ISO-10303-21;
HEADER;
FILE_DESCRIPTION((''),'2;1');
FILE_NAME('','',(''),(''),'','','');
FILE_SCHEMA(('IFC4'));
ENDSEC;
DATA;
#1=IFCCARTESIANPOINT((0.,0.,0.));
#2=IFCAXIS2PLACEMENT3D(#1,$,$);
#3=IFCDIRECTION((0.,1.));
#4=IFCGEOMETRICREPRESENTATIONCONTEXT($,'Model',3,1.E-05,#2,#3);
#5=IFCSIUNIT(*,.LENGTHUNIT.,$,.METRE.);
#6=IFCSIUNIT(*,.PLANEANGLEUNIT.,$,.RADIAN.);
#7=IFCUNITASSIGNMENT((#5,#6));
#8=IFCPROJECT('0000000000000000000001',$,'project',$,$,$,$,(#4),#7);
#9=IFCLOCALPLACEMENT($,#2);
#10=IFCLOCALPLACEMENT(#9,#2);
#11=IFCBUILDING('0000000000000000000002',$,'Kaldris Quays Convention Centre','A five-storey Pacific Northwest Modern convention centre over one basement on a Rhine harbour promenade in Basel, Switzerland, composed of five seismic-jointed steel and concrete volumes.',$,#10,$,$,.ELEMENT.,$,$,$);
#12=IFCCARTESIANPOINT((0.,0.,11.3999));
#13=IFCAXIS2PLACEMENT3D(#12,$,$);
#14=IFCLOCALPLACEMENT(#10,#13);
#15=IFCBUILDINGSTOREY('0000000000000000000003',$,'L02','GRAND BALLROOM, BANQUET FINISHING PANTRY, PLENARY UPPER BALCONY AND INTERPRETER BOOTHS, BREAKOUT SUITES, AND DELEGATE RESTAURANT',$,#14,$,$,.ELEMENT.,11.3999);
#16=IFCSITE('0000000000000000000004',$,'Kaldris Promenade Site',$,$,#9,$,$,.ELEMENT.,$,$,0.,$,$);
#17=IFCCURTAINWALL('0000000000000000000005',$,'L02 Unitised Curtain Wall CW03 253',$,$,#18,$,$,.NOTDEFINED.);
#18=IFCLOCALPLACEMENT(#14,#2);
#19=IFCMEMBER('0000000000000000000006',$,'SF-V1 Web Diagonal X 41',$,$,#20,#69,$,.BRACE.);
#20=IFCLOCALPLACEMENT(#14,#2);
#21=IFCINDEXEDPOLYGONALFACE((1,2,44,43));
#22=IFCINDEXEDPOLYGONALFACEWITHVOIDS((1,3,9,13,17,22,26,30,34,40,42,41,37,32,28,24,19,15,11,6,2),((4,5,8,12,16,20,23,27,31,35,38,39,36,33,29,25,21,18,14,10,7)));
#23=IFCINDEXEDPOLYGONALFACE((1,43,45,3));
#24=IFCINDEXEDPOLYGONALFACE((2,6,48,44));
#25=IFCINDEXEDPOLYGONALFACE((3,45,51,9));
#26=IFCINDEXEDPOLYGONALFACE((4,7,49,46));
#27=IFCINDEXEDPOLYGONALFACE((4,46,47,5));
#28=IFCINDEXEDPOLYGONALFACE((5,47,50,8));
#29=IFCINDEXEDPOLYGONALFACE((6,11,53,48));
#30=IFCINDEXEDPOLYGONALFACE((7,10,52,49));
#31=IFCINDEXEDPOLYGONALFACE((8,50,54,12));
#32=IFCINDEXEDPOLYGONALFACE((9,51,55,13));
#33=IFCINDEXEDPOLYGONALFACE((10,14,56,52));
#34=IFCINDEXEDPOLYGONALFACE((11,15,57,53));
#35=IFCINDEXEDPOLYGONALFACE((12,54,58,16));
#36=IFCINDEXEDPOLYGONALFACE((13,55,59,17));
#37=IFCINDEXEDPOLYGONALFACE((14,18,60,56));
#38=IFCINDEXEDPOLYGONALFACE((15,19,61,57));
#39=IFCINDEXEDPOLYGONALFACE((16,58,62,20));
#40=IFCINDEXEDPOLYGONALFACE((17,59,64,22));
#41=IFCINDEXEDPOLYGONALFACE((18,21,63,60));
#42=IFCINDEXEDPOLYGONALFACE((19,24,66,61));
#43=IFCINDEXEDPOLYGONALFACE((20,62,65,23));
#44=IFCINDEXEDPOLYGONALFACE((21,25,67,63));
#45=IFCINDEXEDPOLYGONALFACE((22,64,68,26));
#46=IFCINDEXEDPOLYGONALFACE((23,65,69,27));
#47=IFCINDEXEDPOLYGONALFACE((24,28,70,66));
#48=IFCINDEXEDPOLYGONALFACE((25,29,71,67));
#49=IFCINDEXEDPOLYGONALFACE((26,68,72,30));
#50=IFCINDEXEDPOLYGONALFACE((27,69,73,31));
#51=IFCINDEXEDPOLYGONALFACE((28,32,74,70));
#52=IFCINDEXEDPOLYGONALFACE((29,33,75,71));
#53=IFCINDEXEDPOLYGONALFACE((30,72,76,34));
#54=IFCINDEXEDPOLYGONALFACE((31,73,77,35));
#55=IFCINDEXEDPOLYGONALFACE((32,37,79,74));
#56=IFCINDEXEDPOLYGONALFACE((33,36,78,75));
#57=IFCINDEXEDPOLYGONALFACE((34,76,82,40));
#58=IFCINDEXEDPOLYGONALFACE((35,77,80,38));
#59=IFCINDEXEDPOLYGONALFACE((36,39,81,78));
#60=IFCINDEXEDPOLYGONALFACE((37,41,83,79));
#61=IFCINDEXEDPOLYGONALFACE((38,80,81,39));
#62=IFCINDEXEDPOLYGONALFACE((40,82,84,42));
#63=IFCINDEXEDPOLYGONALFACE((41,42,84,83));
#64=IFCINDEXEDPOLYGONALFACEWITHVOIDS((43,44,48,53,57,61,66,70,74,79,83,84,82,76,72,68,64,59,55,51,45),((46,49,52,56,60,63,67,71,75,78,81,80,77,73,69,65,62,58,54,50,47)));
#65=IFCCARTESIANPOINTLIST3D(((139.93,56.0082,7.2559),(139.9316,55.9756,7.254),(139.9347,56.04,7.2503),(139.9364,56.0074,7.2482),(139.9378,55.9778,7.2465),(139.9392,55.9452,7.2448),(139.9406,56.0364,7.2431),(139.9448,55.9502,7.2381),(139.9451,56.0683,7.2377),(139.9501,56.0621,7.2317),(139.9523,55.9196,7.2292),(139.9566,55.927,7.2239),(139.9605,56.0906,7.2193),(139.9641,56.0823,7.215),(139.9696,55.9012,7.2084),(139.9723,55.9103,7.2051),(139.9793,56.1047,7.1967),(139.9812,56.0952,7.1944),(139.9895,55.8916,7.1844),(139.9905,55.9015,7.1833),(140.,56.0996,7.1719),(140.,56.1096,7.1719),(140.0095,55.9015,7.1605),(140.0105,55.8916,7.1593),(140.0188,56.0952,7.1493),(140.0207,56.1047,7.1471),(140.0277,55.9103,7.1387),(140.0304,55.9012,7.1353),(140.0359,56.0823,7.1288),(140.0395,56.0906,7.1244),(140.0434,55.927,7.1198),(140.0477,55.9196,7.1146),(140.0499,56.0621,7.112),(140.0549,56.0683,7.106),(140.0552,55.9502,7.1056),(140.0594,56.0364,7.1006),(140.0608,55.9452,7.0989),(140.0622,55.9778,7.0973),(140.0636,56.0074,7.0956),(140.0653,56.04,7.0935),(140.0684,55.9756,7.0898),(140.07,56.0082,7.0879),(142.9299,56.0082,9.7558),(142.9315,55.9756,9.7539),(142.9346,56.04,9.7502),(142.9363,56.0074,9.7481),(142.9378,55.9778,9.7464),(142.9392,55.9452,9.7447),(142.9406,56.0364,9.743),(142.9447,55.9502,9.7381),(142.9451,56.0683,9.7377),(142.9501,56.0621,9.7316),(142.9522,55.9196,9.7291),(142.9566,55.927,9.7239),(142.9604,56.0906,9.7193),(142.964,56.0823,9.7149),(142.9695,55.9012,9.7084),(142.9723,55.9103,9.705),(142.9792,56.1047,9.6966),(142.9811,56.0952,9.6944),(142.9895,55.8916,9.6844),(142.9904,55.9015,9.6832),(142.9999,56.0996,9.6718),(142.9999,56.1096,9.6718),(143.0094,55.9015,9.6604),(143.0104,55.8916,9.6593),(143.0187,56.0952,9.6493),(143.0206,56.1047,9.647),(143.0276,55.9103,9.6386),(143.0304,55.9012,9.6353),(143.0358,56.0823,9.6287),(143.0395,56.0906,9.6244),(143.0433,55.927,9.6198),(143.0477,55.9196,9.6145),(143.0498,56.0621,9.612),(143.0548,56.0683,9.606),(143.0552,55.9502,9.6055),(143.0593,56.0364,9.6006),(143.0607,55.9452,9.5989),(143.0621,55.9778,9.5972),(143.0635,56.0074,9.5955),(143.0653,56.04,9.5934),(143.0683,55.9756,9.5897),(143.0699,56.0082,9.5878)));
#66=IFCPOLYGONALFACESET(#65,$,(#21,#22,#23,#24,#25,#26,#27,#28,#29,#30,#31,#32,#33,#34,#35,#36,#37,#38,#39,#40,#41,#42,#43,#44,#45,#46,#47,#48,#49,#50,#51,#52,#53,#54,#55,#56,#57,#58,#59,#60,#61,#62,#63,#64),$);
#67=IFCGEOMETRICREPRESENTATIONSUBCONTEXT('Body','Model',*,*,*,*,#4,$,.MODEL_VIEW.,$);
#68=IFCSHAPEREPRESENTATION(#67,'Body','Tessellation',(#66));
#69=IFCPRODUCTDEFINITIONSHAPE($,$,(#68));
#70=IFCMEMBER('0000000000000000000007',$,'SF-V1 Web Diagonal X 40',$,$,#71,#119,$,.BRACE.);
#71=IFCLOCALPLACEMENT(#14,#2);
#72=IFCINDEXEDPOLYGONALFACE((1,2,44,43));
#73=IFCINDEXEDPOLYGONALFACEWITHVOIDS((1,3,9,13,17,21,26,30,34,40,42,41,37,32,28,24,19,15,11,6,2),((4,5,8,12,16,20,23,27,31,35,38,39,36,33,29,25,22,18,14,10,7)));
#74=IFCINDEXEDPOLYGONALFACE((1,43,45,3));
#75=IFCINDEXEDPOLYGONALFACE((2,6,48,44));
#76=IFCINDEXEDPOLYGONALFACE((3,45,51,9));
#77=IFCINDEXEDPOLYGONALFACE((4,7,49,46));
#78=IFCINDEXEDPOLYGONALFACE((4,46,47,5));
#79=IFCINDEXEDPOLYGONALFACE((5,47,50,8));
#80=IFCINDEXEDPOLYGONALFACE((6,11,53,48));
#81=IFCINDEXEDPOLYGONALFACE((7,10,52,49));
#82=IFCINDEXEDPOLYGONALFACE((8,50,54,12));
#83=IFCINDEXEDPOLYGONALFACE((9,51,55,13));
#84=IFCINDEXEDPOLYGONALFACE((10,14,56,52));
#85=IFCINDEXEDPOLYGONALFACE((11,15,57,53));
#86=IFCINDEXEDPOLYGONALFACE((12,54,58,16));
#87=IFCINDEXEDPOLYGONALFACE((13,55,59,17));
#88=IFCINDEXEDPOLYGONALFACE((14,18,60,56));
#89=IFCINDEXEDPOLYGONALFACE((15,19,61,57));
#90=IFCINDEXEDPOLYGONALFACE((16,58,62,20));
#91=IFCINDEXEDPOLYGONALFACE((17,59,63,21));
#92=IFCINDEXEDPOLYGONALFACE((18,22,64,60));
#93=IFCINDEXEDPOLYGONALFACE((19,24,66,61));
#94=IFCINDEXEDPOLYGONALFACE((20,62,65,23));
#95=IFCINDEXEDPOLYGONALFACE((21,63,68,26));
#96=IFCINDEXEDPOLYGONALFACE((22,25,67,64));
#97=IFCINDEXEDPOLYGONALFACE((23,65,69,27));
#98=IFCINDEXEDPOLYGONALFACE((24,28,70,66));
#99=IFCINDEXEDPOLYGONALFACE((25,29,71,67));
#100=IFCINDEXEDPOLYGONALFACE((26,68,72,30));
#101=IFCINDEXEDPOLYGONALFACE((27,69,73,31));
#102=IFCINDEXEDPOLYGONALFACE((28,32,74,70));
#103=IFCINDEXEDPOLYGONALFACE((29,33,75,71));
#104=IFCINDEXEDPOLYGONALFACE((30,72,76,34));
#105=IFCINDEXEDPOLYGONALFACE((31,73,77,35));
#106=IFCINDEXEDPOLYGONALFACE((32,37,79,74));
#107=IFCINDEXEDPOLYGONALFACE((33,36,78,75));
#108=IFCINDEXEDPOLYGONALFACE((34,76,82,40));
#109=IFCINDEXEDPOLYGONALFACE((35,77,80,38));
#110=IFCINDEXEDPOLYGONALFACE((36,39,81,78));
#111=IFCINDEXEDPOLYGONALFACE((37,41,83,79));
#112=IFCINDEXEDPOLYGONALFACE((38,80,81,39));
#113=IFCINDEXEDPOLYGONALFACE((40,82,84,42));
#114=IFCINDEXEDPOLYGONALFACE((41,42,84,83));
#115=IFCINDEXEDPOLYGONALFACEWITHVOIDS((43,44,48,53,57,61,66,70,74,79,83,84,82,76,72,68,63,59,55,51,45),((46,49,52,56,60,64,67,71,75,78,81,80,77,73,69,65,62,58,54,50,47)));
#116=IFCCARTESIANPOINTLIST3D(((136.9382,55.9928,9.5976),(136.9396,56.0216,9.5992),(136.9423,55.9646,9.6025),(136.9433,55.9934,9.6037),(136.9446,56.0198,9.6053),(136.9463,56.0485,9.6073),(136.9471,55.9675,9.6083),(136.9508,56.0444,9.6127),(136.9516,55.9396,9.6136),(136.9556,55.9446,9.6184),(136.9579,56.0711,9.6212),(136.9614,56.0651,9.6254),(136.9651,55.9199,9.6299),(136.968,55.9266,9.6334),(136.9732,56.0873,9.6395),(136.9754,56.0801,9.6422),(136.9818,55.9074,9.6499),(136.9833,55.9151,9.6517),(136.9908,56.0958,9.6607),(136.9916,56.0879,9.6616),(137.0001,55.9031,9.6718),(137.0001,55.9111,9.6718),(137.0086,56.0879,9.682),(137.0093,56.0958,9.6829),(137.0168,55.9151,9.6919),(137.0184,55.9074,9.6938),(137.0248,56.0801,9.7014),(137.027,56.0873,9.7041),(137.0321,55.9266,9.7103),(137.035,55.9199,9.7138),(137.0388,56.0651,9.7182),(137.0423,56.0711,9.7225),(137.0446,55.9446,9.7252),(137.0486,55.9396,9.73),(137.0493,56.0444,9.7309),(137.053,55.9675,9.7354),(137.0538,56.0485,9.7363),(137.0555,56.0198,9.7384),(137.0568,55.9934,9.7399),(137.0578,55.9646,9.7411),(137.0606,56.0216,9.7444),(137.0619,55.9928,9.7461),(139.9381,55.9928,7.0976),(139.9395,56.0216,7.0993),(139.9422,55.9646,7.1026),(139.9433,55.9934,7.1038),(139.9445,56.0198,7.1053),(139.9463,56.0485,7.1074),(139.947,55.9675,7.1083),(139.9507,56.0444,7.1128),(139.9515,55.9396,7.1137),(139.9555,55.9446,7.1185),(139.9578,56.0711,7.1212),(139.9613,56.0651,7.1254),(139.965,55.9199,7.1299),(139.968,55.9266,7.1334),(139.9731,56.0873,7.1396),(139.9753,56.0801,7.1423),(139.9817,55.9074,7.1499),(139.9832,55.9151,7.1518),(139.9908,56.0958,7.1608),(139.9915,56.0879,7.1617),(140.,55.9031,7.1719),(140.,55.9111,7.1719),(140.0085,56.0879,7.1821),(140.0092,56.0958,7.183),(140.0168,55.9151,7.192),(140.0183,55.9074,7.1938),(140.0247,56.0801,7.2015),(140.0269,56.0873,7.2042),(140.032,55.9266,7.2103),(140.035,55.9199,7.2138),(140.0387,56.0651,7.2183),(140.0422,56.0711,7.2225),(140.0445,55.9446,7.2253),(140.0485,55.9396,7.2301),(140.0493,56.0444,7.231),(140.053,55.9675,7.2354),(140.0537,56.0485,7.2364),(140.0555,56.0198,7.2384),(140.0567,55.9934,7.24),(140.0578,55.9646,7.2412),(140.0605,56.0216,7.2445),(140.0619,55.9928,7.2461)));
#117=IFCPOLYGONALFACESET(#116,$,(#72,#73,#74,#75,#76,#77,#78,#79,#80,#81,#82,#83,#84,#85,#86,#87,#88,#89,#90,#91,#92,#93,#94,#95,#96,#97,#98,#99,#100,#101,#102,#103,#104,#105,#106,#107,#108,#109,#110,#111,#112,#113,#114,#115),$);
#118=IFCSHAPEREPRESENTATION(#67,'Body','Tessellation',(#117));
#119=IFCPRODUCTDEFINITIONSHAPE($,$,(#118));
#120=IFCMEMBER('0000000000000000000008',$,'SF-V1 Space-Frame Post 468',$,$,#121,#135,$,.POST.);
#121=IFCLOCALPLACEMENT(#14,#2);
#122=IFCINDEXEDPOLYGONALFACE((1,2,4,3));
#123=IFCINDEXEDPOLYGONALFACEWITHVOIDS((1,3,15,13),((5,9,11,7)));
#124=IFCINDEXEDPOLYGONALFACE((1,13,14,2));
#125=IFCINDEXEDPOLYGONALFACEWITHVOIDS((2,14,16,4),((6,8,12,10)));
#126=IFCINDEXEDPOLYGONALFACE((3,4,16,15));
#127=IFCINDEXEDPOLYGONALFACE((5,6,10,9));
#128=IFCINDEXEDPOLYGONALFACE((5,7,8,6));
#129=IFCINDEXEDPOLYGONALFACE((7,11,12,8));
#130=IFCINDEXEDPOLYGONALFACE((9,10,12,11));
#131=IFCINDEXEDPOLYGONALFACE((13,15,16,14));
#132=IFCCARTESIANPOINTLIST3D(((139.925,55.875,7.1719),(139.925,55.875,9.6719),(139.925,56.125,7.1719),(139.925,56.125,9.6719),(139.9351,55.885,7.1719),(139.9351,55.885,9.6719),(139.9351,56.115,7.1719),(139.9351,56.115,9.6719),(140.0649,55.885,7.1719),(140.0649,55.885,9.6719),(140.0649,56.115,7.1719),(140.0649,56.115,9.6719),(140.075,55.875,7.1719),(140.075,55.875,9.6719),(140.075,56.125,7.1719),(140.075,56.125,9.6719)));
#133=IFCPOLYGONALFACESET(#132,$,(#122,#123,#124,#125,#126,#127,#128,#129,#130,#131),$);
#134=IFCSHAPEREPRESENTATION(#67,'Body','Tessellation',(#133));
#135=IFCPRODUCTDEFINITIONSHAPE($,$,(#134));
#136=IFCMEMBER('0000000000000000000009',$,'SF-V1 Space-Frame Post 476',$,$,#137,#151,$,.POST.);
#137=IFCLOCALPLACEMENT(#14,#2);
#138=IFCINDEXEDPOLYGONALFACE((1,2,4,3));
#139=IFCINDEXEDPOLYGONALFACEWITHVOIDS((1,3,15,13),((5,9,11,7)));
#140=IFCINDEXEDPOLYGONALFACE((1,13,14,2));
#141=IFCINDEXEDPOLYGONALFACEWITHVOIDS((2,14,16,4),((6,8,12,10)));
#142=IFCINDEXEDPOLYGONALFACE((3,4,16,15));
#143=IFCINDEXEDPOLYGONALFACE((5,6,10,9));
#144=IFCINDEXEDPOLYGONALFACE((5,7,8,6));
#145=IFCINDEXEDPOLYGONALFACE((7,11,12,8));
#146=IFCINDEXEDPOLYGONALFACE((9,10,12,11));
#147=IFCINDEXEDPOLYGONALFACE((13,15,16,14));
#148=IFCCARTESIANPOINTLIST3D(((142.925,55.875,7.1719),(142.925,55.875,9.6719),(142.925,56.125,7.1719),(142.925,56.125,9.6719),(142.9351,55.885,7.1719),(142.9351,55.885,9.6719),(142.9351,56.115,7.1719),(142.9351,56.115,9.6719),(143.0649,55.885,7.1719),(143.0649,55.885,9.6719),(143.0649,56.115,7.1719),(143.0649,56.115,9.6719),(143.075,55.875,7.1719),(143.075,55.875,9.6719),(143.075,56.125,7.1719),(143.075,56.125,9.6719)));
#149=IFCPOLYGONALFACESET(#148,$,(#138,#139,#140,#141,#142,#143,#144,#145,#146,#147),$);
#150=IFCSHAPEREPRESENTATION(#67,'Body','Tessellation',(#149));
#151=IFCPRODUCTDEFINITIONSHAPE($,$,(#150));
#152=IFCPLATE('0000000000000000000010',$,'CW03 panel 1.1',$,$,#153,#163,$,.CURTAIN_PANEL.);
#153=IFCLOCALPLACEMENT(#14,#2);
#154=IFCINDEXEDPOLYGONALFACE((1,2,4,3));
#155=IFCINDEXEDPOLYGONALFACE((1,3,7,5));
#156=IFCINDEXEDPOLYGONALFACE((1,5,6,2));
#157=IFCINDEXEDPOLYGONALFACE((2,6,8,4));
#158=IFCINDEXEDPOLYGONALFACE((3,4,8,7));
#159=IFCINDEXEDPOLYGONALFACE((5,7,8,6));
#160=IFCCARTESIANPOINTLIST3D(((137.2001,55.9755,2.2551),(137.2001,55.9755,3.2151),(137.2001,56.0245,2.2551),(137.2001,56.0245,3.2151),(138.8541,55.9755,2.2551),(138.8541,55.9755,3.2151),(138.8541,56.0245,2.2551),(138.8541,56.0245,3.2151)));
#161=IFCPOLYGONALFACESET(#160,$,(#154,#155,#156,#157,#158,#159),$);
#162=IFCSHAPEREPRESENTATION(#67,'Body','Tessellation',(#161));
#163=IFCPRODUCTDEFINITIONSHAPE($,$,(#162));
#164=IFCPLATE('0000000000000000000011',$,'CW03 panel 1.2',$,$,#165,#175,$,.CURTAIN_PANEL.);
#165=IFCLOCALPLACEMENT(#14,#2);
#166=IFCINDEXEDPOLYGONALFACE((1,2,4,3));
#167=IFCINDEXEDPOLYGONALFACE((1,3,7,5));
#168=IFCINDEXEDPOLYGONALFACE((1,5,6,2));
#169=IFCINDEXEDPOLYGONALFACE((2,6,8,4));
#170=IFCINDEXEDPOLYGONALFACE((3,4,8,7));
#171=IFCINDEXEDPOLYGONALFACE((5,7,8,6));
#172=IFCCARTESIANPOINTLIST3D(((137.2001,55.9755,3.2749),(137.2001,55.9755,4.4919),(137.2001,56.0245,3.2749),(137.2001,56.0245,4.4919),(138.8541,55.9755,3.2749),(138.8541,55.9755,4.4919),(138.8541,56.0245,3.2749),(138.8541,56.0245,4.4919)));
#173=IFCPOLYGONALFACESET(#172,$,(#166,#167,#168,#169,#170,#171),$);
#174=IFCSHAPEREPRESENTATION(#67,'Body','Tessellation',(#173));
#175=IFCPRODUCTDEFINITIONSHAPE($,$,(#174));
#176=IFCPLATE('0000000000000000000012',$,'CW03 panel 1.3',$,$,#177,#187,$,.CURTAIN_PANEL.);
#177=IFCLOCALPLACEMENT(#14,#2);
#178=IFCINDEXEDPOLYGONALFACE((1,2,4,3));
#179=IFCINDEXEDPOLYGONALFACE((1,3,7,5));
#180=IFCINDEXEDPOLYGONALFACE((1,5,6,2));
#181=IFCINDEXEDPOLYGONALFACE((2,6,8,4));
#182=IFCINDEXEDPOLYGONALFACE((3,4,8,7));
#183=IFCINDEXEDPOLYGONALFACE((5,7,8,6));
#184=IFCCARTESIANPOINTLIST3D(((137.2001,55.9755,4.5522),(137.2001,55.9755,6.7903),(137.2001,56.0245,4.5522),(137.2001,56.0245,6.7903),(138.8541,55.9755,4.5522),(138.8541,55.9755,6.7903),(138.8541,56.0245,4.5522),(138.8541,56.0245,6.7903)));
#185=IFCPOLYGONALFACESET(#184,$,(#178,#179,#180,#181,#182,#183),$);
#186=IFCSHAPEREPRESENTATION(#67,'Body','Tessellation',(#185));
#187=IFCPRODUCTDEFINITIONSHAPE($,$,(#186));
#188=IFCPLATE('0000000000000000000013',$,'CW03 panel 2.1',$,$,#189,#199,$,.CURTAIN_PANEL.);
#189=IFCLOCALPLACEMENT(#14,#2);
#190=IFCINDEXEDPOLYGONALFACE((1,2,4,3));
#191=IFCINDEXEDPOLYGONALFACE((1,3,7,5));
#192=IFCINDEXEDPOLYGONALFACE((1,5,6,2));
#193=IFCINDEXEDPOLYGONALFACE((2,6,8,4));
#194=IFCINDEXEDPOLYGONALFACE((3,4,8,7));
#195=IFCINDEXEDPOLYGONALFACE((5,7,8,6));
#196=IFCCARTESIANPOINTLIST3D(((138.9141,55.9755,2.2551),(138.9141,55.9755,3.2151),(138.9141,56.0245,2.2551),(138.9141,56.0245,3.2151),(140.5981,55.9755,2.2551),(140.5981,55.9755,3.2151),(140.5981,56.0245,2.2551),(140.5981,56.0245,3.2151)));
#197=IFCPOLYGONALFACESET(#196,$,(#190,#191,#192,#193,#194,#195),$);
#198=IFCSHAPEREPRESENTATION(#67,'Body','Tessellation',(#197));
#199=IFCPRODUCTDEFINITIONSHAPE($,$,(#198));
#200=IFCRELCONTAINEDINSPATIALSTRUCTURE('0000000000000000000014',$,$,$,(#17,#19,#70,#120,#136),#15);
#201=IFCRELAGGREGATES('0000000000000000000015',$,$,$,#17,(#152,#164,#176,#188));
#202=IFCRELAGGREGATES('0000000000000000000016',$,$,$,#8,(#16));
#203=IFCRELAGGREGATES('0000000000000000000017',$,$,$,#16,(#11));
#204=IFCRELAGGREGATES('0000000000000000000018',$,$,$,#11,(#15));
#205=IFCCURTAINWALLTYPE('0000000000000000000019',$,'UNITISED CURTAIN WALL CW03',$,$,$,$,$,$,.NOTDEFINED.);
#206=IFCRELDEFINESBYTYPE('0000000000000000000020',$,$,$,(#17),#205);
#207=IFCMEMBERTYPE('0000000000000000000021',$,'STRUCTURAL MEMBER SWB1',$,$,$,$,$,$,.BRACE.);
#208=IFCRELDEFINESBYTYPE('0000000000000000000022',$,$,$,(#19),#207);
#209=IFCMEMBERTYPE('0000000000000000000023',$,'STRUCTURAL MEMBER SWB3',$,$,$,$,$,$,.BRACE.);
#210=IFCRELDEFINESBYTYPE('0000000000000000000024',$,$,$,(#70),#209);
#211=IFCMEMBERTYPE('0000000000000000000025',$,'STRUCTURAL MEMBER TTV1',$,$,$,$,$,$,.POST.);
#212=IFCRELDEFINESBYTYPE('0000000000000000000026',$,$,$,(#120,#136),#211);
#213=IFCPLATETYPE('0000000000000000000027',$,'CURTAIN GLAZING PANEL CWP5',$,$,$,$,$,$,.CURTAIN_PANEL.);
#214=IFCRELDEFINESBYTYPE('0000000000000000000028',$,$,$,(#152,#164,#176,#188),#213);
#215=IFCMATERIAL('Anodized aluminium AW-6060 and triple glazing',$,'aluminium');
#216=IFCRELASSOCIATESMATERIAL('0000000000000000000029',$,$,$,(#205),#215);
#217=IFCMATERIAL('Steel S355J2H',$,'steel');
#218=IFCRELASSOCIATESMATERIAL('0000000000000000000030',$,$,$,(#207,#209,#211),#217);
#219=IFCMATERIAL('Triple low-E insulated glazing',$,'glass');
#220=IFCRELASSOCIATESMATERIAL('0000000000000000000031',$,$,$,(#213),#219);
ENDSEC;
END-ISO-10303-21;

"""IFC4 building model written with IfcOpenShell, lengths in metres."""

from ifc_helpers import new_model, si_unit, direction, frame, origin, origin_2d, place, context, subcontext, project, spatial, rectangle, hollow_rectangle, hollow_circle, extrude, material, material_profile, profile_set, type_object, element, aggregate, save


model = new_model("IFC4")

# Units and contexts
model_context = context("Model", 3, precision=1e-05, world=origin(), true_north=direction((0.0, 1.0)))
body_context = subcontext(model_context, "Body", "Model", "MODEL_VIEW")
ifc_project = project(units=[si_unit("LENGTHUNIT", "METRE"), si_unit("PLANEANGLEUNIT", "RADIAN")], contexts=[model_context])

# Site, building, storey
site_placement = place(None, origin())
site = spatial("IfcSite", under=ifc_project, at=site_placement, Name="Kaldris Promenade Site", CompositionType="ELEMENT", RefElevation=0.0)
building_placement = place(site_placement, origin())
building = spatial("IfcBuilding", under=site, at=building_placement, Name="Kaldris Quays Convention Centre", Description="A five-storey Pacific Northwest Modern convention centre over one basement on a Rhine harbour promenade in Basel, Switzerland, composed of five seismic-jointed steel and concrete volumes.", CompositionType="ELEMENT")
storey_placement = place(building_placement, frame((0.0, 0.0, 11.3999)))
storey = spatial("IfcBuildingStorey", under=building, at=storey_placement, Name="L02", Description="GRAND BALLROOM, BANQUET FINISHING PANTRY, PLENARY UPPER BALCONY AND INTERPRETER BOOTHS, BREAKOUT SUITES, AND DELEGATE RESTAURANT", CompositionType="ELEMENT", Elevation=11.3999)

# Curtain wall
ifc_material_1 = material(Name="Anodized aluminium AW-6060 and triple glazing", Category="aluminium")
curtain_wall_type = type_object("IfcCurtainWallType", Name="UNITISED CURTAIN WALL CW03", PredefinedType="NOTDEFINED", material=ifc_material_1)
curtain_wall_placement = place(storey_placement, origin())
curtain_wall = element("IfcCurtainWall", 1, at=curtain_wall_placement, inside=storey, type_object=curtain_wall_type, Name="L02 Unitised Curtain Wall CW03 253", PredefinedType="NOTDEFINED")

# Members
ifc_material_2 = material(Name="Steel S355J2H", Category="steel")
ifc_material_profile_1 = material_profile(ifc_material_2, hollow_circle(Radius=0.1096, WallThickness=0.01, at=origin_2d()), Name="CHS 219.1x10")
ifc_profile_set_1 = profile_set([ifc_material_profile_1], Name="Steel S355J2H")
member_type_1 = type_object("IfcMemberType", Name="STRUCTURAL MEMBER SWB1", PredefinedType="BRACE", material=ifc_profile_set_1)
member_1_placement = place(storey_placement, frame((140.0, 56.0, 7.1719), z_axis=(0.768221, 0.0, 0.640184), x_axis=(0.0, 1.0, 0.0)))
element("IfcMember", 2, at=member_1_placement, inside=storey, type_object=member_type_1, Name="SF-V1 Web Diagonal X 41", PredefinedType="BRACE", context=body_context, shape_type="SweptSolid", body=[
    extrude(hollow_circle(Radius=0.1096, WallThickness=0.01, at=origin_2d()), origin(), (0.0, 0.0, 1.0), 3.905),
])
ifc_material_profile_2 = material_profile(ifc_material_2, hollow_circle(Radius=0.0969, WallThickness=0.0081, at=origin_2d()), Name="CHS 193.7x8")
ifc_profile_set_2 = profile_set([ifc_material_profile_2], Name="Steel S355J2H")
member_type_2 = type_object("IfcMemberType", Name="STRUCTURAL MEMBER SWB3", PredefinedType="BRACE", material=ifc_profile_set_2)
member_2_placement = place(storey_placement, frame((140.0, 56.0, 7.1719), z_axis=(-0.768221, 0.0, 0.640184), x_axis=(0.0, -1.0, 0.0)))
element("IfcMember", 3, at=member_2_placement, inside=storey, type_object=member_type_2, Name="SF-V1 Web Diagonal X 40", PredefinedType="BRACE", context=body_context, shape_type="SweptSolid", body=[
    extrude(hollow_circle(Radius=0.0969, WallThickness=0.0081, at=origin_2d()), origin(), (0.0, 0.0, 1.0), 3.905),
])
ifc_material_profile_3 = material_profile(ifc_material_2, hollow_rectangle(XDim=0.1499, YDim=0.25, WallThickness=0.01, at=origin_2d()), Name="RHS 250x150x10")
ifc_profile_set_3 = profile_set([ifc_material_profile_3], Name="Steel S355J2H")
member_type_3 = type_object("IfcMemberType", Name="STRUCTURAL MEMBER TTV1", PredefinedType="POST", material=ifc_profile_set_3)
for number, where, z_axis, x_axis, name in (
    (4, (140.0, 56.0, 7.1719), (0.0, 0.0, 1.0), (1.0, 0.0, 0.0), "SF-V1 Space-Frame Post 468"),
    (5, (143.0, 56.0, 7.1719), (0.0, 0.0, 1.0), (1.0, 0.0, 0.0), "SF-V1 Space-Frame Post 476"),
):
    element("IfcMember", number, at=place(storey_placement, frame(where, z_axis=z_axis, x_axis=x_axis)), inside=storey, type_object=member_type_3, Name=name, PredefinedType="POST", context=body_context, shape_type="SweptSolid", body=[
        extrude(hollow_rectangle(XDim=0.1499, YDim=0.25, WallThickness=0.01, at=origin_2d()), origin(), (0.0, 0.0, 1.0), 2.5),
    ])

# Plates
ifc_material_3 = material(Name="Triple low-E insulated glazing", Category="glass")
plate_type = type_object("IfcPlateType", Name="CURTAIN GLAZING PANEL CWP5", PredefinedType="CURTAIN_PANEL", material=ifc_material_3)
plate_1_placement = place(storey_placement, frame((138.0271, 56.0, 2.2551), z_axis=(0.0, 0.0, 1.0), x_axis=(1.0, 0.0, 0.0)))
plate_1 = element("IfcPlate", 6, at=plate_1_placement, type_object=plate_type, Name="CW03 panel 1.1", PredefinedType="CURTAIN_PANEL", context=body_context, shape_type="SweptSolid", body=[
    extrude(rectangle(XDim=1.6541, YDim=0.0491, at=origin_2d()), origin(), (0.0, 0.0, 1.0), 0.96),
])
plate_2_placement = place(storey_placement, frame((138.0271, 56.0, 3.2749), z_axis=(0.0, 0.0, 1.0), x_axis=(1.0, 0.0, 0.0)))
plate_2 = element("IfcPlate", 7, at=plate_2_placement, type_object=plate_type, Name="CW03 panel 1.2", PredefinedType="CURTAIN_PANEL", context=body_context, shape_type="SweptSolid", body=[
    extrude(rectangle(XDim=1.6541, YDim=0.0491, at=origin_2d()), origin(), (0.0, 0.0, 1.0), 1.217),
])
plate_3_placement = place(storey_placement, frame((138.0271, 56.0, 4.5522), z_axis=(0.0, 0.0, 1.0), x_axis=(1.0, 0.0, 0.0)))
plate_3 = element("IfcPlate", 8, at=plate_3_placement, type_object=plate_type, Name="CW03 panel 1.3", PredefinedType="CURTAIN_PANEL", context=body_context, shape_type="SweptSolid", body=[
    extrude(rectangle(XDim=1.6541, YDim=0.0491, at=origin_2d()), origin(), (0.0, 0.0, 1.0), 2.238),
])
plate_4_placement = place(storey_placement, frame((139.7561, 56.0, 2.2551), z_axis=(0.0, 0.0, 1.0), x_axis=(1.0, 0.0, 0.0)))
plate_4 = element("IfcPlate", 9, at=plate_4_placement, type_object=plate_type, Name="CW03 panel 2.1", PredefinedType="CURTAIN_PANEL", context=body_context, shape_type="SweptSolid", body=[
    extrude(rectangle(XDim=1.6841, YDim=0.0491, at=origin_2d()), origin(), (0.0, 0.0, 1.0), 0.96),
])
aggregate(curtain_wall, [plate_1, plate_2, plate_3, plate_4])

save(model, "model.ifc")
